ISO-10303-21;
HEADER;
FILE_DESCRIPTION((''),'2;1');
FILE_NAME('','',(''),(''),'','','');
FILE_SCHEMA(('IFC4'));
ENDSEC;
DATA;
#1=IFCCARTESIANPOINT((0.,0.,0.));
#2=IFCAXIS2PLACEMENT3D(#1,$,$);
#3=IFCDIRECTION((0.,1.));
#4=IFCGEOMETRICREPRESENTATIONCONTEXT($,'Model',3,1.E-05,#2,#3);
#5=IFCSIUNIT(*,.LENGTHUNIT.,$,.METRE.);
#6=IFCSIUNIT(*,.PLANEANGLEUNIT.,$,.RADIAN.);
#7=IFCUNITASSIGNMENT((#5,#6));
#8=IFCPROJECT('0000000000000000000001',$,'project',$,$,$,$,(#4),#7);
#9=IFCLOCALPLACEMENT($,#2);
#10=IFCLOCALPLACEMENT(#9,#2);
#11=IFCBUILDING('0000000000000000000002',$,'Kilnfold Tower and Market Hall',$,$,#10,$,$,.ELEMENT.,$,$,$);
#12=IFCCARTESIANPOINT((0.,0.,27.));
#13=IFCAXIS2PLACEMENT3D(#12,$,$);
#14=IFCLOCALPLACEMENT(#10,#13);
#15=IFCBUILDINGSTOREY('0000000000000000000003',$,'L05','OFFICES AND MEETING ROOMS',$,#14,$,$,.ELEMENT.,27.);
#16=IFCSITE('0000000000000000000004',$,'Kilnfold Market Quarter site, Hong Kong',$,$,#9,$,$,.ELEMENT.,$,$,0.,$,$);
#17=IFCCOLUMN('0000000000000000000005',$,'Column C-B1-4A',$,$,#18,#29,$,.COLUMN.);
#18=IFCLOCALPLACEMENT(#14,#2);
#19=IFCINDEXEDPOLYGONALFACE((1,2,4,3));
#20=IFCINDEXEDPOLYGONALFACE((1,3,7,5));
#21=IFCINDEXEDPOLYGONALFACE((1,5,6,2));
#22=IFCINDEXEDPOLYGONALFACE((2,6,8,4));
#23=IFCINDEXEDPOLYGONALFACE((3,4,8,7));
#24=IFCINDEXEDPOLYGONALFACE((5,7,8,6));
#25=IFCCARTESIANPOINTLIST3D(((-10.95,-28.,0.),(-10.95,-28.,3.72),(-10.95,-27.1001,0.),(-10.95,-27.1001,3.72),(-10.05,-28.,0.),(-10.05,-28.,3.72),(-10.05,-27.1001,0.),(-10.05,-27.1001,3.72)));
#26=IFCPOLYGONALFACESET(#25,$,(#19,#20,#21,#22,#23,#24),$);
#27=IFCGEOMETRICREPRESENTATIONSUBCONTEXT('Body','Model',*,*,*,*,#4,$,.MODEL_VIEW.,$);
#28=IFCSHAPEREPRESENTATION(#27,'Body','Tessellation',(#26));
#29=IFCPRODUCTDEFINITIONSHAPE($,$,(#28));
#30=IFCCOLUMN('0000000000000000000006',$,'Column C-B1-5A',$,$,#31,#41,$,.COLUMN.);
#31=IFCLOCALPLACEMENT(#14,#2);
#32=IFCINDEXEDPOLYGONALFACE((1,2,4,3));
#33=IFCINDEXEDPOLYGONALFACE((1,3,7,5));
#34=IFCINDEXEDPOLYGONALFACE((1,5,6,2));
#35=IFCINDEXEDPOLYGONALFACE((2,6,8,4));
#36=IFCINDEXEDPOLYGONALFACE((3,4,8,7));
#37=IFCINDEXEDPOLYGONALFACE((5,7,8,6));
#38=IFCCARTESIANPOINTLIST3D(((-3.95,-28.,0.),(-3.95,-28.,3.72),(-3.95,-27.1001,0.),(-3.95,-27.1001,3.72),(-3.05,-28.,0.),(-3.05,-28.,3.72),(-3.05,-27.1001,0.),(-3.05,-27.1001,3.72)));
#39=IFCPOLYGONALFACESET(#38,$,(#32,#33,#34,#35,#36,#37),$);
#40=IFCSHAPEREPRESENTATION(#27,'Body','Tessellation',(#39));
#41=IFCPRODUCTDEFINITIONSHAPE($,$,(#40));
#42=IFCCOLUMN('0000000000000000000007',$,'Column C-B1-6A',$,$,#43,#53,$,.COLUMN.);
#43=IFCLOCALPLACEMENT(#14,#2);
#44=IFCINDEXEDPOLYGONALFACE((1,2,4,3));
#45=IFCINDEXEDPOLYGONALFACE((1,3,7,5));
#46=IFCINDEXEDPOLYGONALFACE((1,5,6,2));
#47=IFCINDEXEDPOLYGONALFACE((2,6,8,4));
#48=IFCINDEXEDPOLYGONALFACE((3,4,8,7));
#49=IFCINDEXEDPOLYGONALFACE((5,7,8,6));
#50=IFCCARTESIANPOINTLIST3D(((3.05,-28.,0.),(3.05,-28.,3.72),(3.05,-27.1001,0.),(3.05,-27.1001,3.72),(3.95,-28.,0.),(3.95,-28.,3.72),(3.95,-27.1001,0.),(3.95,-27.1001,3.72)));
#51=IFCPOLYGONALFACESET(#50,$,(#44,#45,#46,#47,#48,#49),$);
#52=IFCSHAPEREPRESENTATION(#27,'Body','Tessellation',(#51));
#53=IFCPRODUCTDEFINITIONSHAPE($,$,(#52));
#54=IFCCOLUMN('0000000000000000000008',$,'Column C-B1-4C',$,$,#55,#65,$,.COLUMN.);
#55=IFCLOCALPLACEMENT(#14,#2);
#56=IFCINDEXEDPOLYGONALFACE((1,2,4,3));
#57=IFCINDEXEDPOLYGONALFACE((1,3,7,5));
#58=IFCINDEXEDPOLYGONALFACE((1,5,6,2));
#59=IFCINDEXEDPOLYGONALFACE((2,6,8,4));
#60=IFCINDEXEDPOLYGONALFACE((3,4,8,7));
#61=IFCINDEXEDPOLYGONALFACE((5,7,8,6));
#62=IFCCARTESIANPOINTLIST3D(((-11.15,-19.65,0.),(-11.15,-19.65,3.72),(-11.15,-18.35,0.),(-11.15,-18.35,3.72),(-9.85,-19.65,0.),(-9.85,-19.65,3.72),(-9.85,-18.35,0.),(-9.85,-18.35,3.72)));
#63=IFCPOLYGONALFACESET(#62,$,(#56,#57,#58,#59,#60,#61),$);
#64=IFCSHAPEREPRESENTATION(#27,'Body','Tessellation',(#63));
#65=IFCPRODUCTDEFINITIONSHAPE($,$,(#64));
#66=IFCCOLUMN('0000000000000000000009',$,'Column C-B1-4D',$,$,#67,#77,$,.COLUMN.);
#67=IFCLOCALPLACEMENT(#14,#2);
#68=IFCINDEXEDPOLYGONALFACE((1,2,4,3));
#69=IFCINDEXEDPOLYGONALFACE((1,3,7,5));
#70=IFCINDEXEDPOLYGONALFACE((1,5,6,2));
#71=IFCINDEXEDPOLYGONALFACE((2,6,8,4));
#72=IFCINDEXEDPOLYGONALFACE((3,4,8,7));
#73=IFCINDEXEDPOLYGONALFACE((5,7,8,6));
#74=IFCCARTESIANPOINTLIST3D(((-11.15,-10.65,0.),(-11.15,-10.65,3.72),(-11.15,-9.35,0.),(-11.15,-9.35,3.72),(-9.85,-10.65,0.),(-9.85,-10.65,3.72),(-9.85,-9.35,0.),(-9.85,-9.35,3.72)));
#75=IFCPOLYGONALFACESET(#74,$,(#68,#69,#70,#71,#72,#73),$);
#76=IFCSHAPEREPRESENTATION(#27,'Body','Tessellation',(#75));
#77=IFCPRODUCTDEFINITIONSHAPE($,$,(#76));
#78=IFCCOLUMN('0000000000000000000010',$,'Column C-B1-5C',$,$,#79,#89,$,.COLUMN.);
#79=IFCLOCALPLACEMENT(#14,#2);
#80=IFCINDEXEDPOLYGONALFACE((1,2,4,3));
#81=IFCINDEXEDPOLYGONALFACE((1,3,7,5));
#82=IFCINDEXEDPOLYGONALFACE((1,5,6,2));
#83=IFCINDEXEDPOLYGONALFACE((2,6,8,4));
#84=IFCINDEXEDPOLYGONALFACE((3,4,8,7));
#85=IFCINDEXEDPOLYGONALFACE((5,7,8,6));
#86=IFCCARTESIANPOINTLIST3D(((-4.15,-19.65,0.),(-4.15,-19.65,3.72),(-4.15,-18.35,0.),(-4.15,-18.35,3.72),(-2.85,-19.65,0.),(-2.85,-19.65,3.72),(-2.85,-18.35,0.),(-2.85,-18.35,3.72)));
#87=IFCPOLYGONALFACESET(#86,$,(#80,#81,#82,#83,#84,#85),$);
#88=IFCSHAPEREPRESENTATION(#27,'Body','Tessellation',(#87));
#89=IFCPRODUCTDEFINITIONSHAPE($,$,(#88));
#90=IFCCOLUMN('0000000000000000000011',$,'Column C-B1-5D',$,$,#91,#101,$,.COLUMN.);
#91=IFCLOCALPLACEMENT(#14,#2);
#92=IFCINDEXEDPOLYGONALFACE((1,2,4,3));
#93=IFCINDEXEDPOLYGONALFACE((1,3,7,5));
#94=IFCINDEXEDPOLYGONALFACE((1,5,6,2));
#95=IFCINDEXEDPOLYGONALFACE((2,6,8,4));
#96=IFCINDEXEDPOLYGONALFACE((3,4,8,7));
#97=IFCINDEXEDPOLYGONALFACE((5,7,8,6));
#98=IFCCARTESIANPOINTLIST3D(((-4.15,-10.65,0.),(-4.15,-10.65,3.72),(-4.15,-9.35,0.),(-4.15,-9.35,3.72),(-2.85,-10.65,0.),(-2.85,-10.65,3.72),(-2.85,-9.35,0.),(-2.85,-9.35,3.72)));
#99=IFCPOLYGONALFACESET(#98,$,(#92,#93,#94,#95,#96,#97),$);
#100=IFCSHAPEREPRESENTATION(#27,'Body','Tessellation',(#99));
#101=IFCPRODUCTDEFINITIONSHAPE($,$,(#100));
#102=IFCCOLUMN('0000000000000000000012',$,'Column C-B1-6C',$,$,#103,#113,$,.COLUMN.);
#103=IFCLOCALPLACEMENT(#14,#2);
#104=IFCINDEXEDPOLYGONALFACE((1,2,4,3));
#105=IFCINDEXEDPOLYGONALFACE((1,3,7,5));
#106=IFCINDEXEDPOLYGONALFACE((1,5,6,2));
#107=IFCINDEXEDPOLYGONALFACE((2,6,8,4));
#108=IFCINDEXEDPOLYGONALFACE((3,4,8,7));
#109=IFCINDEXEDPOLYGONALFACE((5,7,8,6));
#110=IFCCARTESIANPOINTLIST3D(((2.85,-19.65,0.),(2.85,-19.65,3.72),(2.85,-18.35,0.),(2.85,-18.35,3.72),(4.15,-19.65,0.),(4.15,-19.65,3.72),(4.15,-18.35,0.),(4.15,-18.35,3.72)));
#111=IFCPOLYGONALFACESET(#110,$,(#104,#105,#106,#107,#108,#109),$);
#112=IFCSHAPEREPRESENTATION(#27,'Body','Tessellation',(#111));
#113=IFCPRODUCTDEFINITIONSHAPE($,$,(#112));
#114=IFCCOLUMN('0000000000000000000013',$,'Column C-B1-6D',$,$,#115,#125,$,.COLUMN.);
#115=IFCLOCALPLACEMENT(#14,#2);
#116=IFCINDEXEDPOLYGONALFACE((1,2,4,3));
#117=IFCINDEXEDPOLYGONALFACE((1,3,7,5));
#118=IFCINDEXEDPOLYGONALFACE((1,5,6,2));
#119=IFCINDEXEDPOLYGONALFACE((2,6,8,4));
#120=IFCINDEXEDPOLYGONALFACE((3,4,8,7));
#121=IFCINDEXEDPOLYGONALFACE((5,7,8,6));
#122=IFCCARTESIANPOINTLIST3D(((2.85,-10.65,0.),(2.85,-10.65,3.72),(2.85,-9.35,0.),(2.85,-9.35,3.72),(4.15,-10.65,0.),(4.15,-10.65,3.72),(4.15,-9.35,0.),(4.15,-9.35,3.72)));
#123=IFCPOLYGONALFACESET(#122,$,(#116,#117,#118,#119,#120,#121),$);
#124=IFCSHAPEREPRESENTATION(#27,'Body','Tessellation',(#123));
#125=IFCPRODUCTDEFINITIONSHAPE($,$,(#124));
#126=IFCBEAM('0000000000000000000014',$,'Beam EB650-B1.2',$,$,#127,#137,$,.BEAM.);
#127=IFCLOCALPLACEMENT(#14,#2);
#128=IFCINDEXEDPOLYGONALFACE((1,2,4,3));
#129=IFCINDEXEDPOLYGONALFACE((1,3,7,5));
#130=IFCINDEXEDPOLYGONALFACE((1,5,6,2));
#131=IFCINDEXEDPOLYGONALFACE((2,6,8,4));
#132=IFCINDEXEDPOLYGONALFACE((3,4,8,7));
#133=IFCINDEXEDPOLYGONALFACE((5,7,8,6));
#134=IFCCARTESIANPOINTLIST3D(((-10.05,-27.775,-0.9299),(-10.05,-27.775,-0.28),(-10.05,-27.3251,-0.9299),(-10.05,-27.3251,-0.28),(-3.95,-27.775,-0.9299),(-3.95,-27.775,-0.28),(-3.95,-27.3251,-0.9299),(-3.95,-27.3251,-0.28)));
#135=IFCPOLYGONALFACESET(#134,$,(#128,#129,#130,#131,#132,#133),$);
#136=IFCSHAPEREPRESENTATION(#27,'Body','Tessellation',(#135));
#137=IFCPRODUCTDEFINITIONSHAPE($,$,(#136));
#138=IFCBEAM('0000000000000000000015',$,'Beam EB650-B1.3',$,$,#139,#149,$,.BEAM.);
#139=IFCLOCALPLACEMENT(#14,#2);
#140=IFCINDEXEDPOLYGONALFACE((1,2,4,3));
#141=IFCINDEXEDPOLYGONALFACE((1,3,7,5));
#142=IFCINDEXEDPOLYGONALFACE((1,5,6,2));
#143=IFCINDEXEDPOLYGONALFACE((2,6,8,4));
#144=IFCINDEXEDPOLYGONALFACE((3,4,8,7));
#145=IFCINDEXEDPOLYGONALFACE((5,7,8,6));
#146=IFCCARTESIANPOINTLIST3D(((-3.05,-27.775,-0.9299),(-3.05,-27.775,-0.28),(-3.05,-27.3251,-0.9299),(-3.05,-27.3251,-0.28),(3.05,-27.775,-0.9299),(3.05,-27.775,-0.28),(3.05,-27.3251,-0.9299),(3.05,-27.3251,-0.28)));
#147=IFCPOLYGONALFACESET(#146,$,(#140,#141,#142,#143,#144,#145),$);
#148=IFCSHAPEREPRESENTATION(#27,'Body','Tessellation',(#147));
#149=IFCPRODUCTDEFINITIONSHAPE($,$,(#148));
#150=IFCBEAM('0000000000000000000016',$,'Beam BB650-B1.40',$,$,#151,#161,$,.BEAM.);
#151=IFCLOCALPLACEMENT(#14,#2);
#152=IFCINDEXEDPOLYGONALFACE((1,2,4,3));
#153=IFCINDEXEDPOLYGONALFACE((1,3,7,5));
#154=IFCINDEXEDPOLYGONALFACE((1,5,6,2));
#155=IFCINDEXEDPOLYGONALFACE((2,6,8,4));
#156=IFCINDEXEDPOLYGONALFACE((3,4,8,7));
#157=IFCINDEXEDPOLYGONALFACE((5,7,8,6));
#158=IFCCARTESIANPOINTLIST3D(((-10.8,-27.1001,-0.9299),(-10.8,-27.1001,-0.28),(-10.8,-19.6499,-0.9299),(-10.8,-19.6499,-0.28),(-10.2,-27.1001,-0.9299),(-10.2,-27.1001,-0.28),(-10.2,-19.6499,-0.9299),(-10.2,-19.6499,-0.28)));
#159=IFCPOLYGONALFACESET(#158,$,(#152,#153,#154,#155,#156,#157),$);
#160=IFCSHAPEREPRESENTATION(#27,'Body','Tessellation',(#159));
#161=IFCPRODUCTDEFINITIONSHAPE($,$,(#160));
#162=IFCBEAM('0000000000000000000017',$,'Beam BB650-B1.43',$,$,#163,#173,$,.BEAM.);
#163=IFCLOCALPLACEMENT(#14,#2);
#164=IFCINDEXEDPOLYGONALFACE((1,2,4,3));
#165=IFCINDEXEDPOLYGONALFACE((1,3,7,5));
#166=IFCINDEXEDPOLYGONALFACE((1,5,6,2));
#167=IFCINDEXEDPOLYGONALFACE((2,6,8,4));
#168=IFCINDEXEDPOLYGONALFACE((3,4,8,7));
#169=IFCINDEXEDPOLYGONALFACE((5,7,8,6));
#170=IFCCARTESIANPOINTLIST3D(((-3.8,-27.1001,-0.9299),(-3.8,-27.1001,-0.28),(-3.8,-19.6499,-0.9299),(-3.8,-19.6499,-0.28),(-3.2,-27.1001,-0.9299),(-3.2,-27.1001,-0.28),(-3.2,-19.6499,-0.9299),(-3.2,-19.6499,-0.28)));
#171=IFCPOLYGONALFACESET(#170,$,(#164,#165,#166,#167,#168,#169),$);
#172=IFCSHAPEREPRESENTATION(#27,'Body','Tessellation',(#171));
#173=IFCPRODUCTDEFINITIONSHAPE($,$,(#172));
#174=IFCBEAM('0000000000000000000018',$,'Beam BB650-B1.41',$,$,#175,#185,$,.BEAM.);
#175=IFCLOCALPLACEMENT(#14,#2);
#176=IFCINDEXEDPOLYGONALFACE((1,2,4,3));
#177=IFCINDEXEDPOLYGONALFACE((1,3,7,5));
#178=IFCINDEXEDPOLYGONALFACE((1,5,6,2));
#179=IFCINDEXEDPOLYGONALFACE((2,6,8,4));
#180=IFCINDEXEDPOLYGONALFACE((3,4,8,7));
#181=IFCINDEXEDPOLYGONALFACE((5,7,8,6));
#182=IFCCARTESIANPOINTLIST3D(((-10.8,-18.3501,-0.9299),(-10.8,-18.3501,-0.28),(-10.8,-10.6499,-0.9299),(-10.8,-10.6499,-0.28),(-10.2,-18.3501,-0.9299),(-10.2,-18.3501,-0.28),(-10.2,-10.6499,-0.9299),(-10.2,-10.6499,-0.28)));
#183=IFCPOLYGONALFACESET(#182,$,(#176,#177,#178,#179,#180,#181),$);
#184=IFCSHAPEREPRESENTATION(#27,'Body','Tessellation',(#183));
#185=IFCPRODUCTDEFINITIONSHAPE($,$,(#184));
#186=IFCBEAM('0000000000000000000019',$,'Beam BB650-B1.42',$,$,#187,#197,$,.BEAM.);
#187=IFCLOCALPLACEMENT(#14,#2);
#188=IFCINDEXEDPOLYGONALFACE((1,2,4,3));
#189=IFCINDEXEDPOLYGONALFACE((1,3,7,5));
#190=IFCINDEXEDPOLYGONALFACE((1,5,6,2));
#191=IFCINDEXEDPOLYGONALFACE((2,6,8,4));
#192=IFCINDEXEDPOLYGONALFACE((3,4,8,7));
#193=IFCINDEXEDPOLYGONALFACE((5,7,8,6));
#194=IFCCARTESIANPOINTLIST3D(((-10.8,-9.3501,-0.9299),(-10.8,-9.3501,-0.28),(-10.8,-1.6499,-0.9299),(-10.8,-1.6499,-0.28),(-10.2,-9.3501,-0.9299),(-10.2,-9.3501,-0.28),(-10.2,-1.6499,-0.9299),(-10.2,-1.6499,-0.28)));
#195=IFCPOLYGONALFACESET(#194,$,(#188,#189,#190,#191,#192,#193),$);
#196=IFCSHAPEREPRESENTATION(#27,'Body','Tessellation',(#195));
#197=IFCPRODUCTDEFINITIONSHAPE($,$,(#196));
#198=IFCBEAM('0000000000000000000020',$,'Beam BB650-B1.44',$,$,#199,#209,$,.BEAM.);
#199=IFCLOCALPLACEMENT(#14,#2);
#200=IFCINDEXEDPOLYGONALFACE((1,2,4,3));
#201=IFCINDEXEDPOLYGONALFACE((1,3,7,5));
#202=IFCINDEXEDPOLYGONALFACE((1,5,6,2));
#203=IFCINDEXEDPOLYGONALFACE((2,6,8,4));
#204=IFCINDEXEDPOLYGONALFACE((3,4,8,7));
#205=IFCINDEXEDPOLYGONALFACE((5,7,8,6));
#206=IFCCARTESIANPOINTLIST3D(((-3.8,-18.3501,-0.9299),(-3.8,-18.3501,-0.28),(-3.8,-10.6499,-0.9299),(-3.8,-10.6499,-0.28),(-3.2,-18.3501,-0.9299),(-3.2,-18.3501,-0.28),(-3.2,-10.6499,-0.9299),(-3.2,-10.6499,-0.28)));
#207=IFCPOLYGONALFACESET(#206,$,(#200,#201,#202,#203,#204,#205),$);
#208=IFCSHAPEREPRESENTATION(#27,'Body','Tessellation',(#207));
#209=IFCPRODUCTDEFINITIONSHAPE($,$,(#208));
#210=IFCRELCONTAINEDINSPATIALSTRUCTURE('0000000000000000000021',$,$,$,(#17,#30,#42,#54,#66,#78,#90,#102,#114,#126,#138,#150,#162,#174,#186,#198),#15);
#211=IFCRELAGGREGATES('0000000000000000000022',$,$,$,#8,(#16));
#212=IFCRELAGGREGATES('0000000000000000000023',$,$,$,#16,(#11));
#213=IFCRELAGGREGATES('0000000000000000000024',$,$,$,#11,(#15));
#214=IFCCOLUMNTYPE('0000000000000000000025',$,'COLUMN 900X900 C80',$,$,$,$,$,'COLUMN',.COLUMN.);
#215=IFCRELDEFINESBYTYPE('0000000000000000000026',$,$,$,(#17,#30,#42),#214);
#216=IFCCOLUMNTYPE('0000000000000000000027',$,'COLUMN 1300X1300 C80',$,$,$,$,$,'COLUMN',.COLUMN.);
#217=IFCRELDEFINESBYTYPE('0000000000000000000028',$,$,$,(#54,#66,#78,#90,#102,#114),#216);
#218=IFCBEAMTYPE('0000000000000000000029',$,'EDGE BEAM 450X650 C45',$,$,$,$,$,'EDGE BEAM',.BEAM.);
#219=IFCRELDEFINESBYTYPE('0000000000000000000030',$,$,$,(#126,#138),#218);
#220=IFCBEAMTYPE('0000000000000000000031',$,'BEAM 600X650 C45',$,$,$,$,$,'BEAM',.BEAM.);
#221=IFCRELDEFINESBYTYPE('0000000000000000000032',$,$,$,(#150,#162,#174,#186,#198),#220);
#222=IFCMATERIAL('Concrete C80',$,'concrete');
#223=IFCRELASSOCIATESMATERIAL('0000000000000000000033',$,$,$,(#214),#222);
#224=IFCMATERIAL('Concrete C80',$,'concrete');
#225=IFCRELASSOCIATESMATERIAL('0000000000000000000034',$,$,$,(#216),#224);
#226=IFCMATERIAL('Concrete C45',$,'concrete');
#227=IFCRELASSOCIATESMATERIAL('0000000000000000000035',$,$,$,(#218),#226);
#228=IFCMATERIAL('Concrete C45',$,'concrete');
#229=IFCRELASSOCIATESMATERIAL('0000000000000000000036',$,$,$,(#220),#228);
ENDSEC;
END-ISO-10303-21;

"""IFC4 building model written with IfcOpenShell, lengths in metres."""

from ifc_helpers import new_model, si_unit, direction, frame, origin, origin_2d, place, context, subcontext, project, spatial, rectangle, extrude, source, transform, mapped, material, material_profile, profile_set, type_object, element, save


model = new_model("IFC4")

# Units and contexts
model_context = context("Model", 3, precision=1e-05, world=origin(), true_north=direction((0.0, 1.0)))
body_context = subcontext(model_context, "Body", "Model", "MODEL_VIEW")
ifc_project = project(units=[si_unit("LENGTHUNIT", "METRE"), si_unit("PLANEANGLEUNIT", "RADIAN")], contexts=[model_context])

# Site, building, storey
site_placement = place(None, origin())
site = spatial("IfcSite", under=ifc_project, at=site_placement, Name="Kilnfold Market Quarter site, Hong Kong", CompositionType="ELEMENT", RefElevation=0.0)
building_placement = place(site_placement, origin())
building = spatial("IfcBuilding", under=site, at=building_placement, Name="Kilnfold Tower and Market Hall", CompositionType="ELEMENT")
storey_placement = place(building_placement, frame((0.0, 0.0, 27.0)))
storey = spatial("IfcBuildingStorey", under=building, at=storey_placement, Name="L05", Description="OFFICES AND MEETING ROOMS", CompositionType="ELEMENT", Elevation=27.0)

# Columns
ifc_material_1 = material(Name="Concrete C80", Category="concrete")
ifc_material_profile_1 = material_profile(ifc_material_1, rectangle(XDim=0.8999, YDim=0.8999, at=origin_2d()), Name="RC 900x900")
ifc_profile_set_1 = profile_set([ifc_material_profile_1], Name="Concrete C80")
column_type_1 = type_object("IfcColumnType", Name="COLUMN 900X900 C80", ElementType="COLUMN", PredefinedType="COLUMN", material=ifc_profile_set_1)
shared_shape_1 = source(origin(), body_context, "Body", "SweptSolid", [
    extrude(rectangle(XDim=0.8999, YDim=0.8999, at=origin_2d()), origin(), (0.0, 0.0, 1.0), 3.72),
])
for number, where, z_axis, x_axis, name in (
    (1, (-10.5, -27.55, 0.0), (0.0, 0.0, 1.0), (1.0, 0.0, 0.0), "Column C-B1-4A"),
    (2, (-3.5, -27.55, 0.0), (0.0, 0.0, 1.0), (1.0, 0.0, 0.0), "Column C-B1-5A"),
    (3, (3.5, -27.55, 0.0), (0.0, 0.0, 1.0), (1.0, 0.0, 0.0), "Column C-B1-6A"),
):
    element("IfcColumn", number, at=place(storey_placement, frame(where, z_axis=z_axis, x_axis=x_axis)), inside=storey, type_object=column_type_1, Name=name, PredefinedType="COLUMN", context=body_context, shape_type="MappedRepresentation", body=[
        mapped(shared_shape_1, transform((0.0, 0.0, 0.0))),
    ])
ifc_material_2 = material(Name="Concrete C80", Category="concrete")
ifc_material_profile_2 = material_profile(ifc_material_2, rectangle(XDim=1.3, YDim=1.3, at=origin_2d()), Name="RC 1300x1300")
ifc_profile_set_2 = profile_set([ifc_material_profile_2], Name="Concrete C80")
column_type_2 = type_object("IfcColumnType", Name="COLUMN 1300X1300 C80", ElementType="COLUMN", PredefinedType="COLUMN", material=ifc_profile_set_2)
shared_shape_2 = source(origin(), body_context, "Body", "SweptSolid", [
    extrude(rectangle(XDim=1.3, YDim=1.3, at=origin_2d()), origin(), (0.0, 0.0, 1.0), 3.72),
])
for number, where, z_axis, x_axis, name in (
    (4, (-10.5, -19.0, 0.0), (0.0, 0.0, 1.0), (1.0, 0.0, 0.0), "Column C-B1-4C"),
    (5, (-10.5, -10.0, 0.0), (0.0, 0.0, 1.0), (1.0, 0.0, 0.0), "Column C-B1-4D"),
    (6, (-3.5, -19.0, 0.0), (0.0, 0.0, 1.0), (1.0, 0.0, 0.0), "Column C-B1-5C"),
    (7, (-3.5, -10.0, 0.0), (0.0, 0.0, 1.0), (1.0, 0.0, 0.0), "Column C-B1-5D"),
    (8, (3.5, -19.0, 0.0), (0.0, 0.0, 1.0), (1.0, 0.0, 0.0), "Column C-B1-6C"),
    (9, (3.5, -10.0, 0.0), (0.0, 0.0, 1.0), (1.0, 0.0, 0.0), "Column C-B1-6D"),
):
    element("IfcColumn", number, at=place(storey_placement, frame(where, z_axis=z_axis, x_axis=x_axis)), inside=storey, type_object=column_type_2, Name=name, PredefinedType="COLUMN", context=body_context, shape_type="MappedRepresentation", body=[
        mapped(shared_shape_2, transform((0.0, 0.0, 0.0))),
    ])

# Beams
ifc_material_3 = material(Name="Concrete C45", Category="concrete")
ifc_material_profile_3 = material_profile(ifc_material_3, rectangle(XDim=0.45, YDim=0.6499, at=origin_2d()), Name="RC 450x650")
ifc_profile_set_3 = profile_set([ifc_material_profile_3], Name="Concrete C45")
beam_type_1 = type_object("IfcBeamType", Name="EDGE BEAM 450X650 C45", ElementType="EDGE BEAM", PredefinedType="BEAM", material=ifc_profile_set_3)
shared_shape_3 = source(origin(), body_context, "Body", "SweptSolid", [
    extrude(rectangle(XDim=0.45, YDim=0.6499, at=origin_2d()), origin(), (0.0, 0.0, 1.0), 6.1001),
])
for number, where, z_axis, x_axis, name in (
    (10, (-10.05, -27.55, -0.605), (1.0, 0.0, 0.0), (0.0, 1.0, 0.0), "Beam EB650-B1.2"),
    (11, (-3.05, -27.55, -0.605), (1.0, 0.0, 0.0), (0.0, 1.0, 0.0), "Beam EB650-B1.3"),
):
    element("IfcBeam", number, at=place(storey_placement, frame(where, z_axis=z_axis, x_axis=x_axis)), inside=storey, type_object=beam_type_1, Name=name, PredefinedType="BEAM", context=body_context, shape_type="MappedRepresentation", body=[
        mapped(shared_shape_3, transform((0.0, 0.0, 0.0))),
    ])
ifc_material_4 = material(Name="Concrete C45", Category="concrete")
ifc_material_profile_4 = material_profile(ifc_material_4, rectangle(XDim=0.6001, YDim=0.6499, at=origin_2d()), Name="RC 600x650")
ifc_profile_set_4 = profile_set([ifc_material_profile_4], Name="Concrete C45")
beam_type_2 = type_object("IfcBeamType", Name="BEAM 600X650 C45", ElementType="BEAM", PredefinedType="BEAM", material=ifc_profile_set_4)
shared_shape_4 = source(origin(), body_context, "Body", "SweptSolid", [
    extrude(rectangle(XDim=0.6001, YDim=0.6499, at=origin_2d()), origin(), (0.0, 0.0, 1.0), 7.4502),
])
for number, where, z_axis, x_axis, name in (
    (12, (-10.5, -27.1001, -0.605), (0.0, 1.0, 0.0), (-1.0, 0.0, 0.0), "Beam BB650-B1.40"),
    (13, (-3.5, -27.1001, -0.605), (0.0, 1.0, 0.0), (-1.0, 0.0, 0.0), "Beam BB650-B1.43"),
):
    element("IfcBeam", number, at=place(storey_placement, frame(where, z_axis=z_axis, x_axis=x_axis)), inside=storey, type_object=beam_type_2, Name=name, PredefinedType="BEAM", context=body_context, shape_type="MappedRepresentation", body=[
        mapped(shared_shape_4, transform((0.0, 0.0, 0.0))),
    ])
shared_shape_5 = source(origin(), body_context, "Body", "SweptSolid", [
    extrude(rectangle(XDim=0.6001, YDim=0.6499, at=origin_2d()), origin(), (0.0, 0.0, 1.0), 7.7002),
])
for number, where, z_axis, x_axis, name in (
    (14, (-10.5, -18.3501, -0.605), (0.0, 1.0, 0.0), (-1.0, 0.0, 0.0), "Beam BB650-B1.41"),
    (15, (-10.5, -9.3501, -0.605), (0.0, 1.0, 0.0), (-1.0, 0.0, 0.0), "Beam BB650-B1.42"),
    (16, (-3.5, -18.3501, -0.605), (0.0, 1.0, 0.0), (-1.0, 0.0, 0.0), "Beam BB650-B1.44"),
):
    element("IfcBeam", number, at=place(storey_placement, frame(where, z_axis=z_axis, x_axis=x_axis)), inside=storey, type_object=beam_type_2, Name=name, PredefinedType="BEAM", context=body_context, shape_type="MappedRepresentation", body=[
        mapped(shared_shape_5, transform((0.0, 0.0, 0.0))),
    ])

save(model, "model.ifc")
